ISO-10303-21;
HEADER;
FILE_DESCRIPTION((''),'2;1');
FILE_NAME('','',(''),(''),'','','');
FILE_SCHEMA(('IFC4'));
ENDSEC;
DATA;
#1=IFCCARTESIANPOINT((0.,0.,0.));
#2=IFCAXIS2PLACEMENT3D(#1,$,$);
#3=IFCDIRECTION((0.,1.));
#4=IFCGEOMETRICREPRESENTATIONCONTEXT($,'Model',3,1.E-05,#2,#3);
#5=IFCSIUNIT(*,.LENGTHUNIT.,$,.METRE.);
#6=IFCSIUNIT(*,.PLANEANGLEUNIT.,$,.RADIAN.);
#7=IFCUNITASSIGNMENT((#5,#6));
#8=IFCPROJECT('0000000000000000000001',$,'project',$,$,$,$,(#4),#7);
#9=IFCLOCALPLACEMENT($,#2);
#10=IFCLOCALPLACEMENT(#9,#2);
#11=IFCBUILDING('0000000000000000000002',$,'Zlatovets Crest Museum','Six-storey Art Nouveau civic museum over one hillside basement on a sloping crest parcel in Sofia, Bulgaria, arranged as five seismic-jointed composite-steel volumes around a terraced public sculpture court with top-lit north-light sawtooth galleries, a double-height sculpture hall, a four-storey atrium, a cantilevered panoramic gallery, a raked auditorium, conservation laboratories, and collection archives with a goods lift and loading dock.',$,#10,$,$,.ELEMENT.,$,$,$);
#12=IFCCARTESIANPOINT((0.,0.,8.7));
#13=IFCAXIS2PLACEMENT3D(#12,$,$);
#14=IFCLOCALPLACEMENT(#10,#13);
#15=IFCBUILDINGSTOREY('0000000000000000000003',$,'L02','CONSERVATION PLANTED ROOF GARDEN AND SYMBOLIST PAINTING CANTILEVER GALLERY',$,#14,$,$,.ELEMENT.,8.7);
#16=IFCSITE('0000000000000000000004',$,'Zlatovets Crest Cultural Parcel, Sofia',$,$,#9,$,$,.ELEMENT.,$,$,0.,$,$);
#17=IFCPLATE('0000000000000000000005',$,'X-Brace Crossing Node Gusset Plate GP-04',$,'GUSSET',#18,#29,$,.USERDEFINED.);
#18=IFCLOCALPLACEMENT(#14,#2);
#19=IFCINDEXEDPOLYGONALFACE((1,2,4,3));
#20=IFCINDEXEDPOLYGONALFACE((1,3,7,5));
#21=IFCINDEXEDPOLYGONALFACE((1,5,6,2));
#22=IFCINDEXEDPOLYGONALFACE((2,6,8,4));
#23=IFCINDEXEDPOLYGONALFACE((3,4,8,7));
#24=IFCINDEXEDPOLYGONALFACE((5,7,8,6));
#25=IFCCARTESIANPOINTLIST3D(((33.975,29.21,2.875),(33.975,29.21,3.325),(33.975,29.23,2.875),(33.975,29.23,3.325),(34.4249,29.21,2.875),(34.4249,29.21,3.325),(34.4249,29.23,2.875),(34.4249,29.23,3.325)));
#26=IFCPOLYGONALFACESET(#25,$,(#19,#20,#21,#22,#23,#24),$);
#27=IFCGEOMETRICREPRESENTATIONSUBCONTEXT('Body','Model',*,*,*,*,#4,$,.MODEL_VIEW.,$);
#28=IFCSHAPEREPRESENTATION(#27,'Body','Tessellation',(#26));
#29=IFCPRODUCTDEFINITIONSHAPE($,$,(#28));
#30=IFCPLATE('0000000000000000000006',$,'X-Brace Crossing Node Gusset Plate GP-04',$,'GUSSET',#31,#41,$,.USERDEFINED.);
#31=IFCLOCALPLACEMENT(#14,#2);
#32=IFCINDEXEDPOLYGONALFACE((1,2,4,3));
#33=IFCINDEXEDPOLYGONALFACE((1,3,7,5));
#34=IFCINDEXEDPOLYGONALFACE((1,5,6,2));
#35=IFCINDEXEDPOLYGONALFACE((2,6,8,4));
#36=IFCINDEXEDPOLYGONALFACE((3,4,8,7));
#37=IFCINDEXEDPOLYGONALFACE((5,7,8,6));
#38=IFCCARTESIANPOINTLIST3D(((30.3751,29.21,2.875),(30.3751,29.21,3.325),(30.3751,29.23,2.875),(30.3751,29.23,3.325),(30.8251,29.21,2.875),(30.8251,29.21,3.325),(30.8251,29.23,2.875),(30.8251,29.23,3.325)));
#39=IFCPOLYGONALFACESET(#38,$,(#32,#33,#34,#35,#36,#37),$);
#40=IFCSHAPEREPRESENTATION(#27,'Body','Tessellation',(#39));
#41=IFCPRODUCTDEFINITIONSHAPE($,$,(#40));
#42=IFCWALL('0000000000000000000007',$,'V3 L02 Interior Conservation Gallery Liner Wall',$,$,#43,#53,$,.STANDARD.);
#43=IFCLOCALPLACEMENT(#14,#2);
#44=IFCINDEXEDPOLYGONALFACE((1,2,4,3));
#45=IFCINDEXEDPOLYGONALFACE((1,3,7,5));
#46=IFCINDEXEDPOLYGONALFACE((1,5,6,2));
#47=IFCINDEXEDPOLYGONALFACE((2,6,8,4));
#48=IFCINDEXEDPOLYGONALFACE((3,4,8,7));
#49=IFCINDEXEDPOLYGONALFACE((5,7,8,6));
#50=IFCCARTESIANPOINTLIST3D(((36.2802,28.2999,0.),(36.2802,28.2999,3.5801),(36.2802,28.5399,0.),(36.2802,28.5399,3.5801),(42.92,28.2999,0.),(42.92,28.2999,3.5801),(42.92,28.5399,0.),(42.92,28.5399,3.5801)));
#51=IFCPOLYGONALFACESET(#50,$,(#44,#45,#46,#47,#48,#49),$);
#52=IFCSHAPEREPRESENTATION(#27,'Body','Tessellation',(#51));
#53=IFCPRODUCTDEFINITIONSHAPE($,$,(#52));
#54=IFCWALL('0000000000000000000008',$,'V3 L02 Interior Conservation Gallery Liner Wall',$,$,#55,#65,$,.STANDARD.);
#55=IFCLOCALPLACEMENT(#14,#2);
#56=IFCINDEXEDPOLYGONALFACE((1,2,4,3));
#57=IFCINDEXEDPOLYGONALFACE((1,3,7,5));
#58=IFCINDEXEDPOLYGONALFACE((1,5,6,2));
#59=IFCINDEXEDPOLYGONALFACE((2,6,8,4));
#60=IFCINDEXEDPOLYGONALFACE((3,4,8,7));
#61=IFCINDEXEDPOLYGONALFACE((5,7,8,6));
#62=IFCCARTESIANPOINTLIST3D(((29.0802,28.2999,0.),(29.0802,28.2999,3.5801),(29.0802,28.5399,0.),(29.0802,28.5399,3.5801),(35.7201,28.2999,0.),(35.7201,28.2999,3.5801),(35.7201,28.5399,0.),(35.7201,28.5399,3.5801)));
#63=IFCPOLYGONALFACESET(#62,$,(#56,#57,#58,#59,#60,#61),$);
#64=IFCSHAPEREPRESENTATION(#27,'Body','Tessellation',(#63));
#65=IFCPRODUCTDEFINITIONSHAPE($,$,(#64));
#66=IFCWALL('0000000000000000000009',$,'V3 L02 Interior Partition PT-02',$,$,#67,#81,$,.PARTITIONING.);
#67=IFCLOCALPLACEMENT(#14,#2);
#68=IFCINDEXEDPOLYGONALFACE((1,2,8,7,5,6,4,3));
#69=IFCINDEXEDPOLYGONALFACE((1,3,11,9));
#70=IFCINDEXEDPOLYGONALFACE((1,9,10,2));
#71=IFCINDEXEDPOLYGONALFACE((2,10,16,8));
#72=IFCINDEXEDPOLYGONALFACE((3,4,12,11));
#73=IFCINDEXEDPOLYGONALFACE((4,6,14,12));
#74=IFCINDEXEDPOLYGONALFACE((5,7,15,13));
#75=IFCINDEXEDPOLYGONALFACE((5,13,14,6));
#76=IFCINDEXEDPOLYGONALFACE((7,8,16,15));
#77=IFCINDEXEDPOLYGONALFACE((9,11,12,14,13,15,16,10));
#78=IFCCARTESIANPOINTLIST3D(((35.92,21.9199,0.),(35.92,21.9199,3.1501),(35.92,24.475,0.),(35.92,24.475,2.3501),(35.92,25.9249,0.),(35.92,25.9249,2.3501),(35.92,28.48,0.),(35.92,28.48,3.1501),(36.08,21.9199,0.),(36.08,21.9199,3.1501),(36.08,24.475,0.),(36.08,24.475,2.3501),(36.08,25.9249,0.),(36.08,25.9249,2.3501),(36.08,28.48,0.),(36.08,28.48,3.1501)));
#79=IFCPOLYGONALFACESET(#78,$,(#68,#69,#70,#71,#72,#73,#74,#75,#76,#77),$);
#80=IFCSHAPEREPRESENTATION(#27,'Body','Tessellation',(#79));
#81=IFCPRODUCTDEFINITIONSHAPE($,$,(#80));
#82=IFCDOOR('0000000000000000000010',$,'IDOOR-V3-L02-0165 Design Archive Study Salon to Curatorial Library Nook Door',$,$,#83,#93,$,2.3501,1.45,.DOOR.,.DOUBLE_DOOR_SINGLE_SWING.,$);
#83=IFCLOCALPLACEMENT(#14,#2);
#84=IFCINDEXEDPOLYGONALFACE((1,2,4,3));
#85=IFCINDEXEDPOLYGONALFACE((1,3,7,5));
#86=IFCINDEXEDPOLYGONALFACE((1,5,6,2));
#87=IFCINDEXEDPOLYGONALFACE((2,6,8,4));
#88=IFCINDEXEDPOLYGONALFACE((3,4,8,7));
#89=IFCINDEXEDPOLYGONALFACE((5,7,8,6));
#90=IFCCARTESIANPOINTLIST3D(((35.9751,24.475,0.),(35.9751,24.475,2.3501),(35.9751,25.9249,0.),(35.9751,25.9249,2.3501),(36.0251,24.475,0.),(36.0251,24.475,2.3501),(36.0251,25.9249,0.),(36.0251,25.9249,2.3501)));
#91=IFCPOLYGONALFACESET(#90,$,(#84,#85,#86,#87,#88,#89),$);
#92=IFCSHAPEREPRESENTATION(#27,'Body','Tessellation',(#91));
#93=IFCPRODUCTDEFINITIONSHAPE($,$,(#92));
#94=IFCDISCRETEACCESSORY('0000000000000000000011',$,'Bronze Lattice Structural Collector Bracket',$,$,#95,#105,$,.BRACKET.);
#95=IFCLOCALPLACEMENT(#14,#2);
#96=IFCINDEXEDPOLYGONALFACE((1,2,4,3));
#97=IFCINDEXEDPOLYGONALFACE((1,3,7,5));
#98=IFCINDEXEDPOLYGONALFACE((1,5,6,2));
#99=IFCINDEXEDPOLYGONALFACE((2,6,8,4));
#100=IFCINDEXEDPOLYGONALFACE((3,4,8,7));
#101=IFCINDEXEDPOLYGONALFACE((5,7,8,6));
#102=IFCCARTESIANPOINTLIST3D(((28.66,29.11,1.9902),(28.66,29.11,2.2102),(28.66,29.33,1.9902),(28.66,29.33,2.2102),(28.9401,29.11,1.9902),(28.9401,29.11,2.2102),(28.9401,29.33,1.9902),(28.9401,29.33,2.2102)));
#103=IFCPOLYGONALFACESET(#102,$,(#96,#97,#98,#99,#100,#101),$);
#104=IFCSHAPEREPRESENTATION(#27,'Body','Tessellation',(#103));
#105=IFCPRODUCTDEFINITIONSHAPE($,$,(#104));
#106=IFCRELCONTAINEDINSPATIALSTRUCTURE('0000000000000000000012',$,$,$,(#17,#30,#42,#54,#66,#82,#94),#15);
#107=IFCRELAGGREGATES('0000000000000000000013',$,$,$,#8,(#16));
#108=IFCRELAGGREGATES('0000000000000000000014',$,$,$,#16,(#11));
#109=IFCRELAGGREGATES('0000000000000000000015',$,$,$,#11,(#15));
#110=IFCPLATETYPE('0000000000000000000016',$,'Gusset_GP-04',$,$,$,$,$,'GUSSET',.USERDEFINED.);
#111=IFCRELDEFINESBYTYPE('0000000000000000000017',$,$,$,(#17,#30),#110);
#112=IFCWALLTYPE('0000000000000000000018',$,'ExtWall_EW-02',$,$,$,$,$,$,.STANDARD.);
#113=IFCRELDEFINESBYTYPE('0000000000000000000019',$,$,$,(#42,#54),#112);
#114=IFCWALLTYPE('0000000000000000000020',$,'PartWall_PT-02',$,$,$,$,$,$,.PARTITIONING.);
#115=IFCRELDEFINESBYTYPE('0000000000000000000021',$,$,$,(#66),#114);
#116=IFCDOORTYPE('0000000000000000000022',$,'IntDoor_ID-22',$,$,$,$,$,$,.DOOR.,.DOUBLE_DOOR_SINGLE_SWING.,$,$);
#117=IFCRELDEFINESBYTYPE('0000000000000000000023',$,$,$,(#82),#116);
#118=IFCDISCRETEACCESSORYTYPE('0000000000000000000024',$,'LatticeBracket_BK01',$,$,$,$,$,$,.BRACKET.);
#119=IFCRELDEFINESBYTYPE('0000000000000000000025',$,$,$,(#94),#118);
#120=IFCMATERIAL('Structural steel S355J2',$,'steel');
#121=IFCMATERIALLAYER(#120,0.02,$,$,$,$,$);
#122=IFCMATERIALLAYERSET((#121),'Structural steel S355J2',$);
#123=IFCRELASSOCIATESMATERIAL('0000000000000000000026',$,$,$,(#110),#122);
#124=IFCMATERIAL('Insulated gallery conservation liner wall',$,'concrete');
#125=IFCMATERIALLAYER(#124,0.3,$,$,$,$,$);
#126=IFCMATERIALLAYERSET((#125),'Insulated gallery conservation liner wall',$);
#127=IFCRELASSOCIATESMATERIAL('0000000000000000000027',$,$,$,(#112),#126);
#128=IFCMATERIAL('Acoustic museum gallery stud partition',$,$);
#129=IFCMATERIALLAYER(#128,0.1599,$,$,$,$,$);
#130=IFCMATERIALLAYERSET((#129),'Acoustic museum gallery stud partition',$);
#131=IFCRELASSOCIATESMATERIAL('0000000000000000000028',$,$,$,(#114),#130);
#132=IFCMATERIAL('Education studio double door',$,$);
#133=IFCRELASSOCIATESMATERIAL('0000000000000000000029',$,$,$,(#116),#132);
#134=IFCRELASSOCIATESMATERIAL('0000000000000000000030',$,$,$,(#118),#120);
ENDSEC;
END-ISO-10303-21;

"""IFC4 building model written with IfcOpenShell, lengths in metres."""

from ifc_helpers import new_model, si_unit, direction, frame, frame_2d, origin, origin_2d, place, context, subcontext, project, spatial, rectangle, extrude, material, layer, layer_set, type_object, element, fill, save


model = new_model("IFC4")

# Units and contexts
model_context = context("Model", 3, precision=1e-05, world=origin(), true_north=direction((0.0, 1.0)))
body_context = subcontext(model_context, "Body", "Model", "MODEL_VIEW")
ifc_project = project(units=[si_unit("LENGTHUNIT", "METRE"), si_unit("PLANEANGLEUNIT", "RADIAN")], contexts=[model_context])

# Site, building, storey
site_placement = place(None, origin())
site = spatial("IfcSite", under=ifc_project, at=site_placement, Name="Zlatovets Crest Cultural Parcel, Sofia", CompositionType="ELEMENT", RefElevation=0.0)
building_placement = place(site_placement, origin())
building = spatial("IfcBuilding", under=site, at=building_placement, Name="Zlatovets Crest Museum", Description="Six-storey Art Nouveau civic museum over one hillside basement on a sloping crest parcel in Sofia, Bulgaria, arranged as five seismic-jointed composite-steel volumes around a terraced public sculpture court with top-lit north-light sawtooth galleries, a double-height sculpture hall, a four-storey atrium, a cantilevered panoramic gallery, a raked auditorium, conservation laboratories, and collection archives with a goods lift and loading dock.", CompositionType="ELEMENT")
storey_placement = place(building_placement, frame((0.0, 0.0, 8.7)))
storey = spatial("IfcBuildingStorey", under=building, at=storey_placement, Name="L02", Description="CONSERVATION PLANTED ROOF GARDEN AND SYMBOLIST PAINTING CANTILEVER GALLERY", CompositionType="ELEMENT", Elevation=8.7)

# Shared definitions
ifc_material_1 = material(Name="Structural steel S355J2", Category="steel")

# Plates
ifc_layer_1 = layer(ifc_material_1, 0.02)
ifc_layer_set_1 = layer_set([ifc_layer_1], Name="Structural steel S355J2")
plate_type_1 = type_object("IfcPlateType", Name="Gusset_GP-04", ElementType="GUSSET", PredefinedType="USERDEFINED", material=ifc_layer_set_1)
for number, where, z_axis, x_axis, name in (
    (1, (34.2, 29.22, 2.875), (0.0, 0.0, 1.0), (1.0, 0.0, 0.0), "X-Brace Crossing Node Gusset Plate GP-04"),
    (2, (30.6001, 29.22, 2.875), (0.0, 0.0, 1.0), (1.0, 0.0, 0.0), "X-Brace Crossing Node Gusset Plate GP-04"),
):
    element("IfcPlate", number, at=place(storey_placement, frame(where, z_axis=z_axis, x_axis=x_axis)), inside=storey, type_object=plate_type_1, Name=name, ObjectType="GUSSET", PredefinedType="USERDEFINED", context=body_context, shape_type="SweptSolid", body=[
        extrude(rectangle(XDim=0.45, YDim=0.02, at=origin_2d()), origin(), (0.0, 0.0, 1.0), 0.45),
    ])

# Walls
ifc_material_2 = material(Name="Insulated gallery conservation liner wall", Category="concrete")
ifc_layer_2 = layer(ifc_material_2, 0.3)
ifc_layer_set_2 = layer_set([ifc_layer_2], Name="Insulated gallery conservation liner wall")
wall_type_1 = type_object("IfcWallType", Name="ExtWall_EW-02", PredefinedType="STANDARD", material=ifc_layer_set_2)
for number, where, z_axis, x_axis, name in (
    (3, (42.9199, 28.4199, 0.0), (0.0, 0.0, 1.0), (-1.0, 0.0, 0.0), "V3 L02 Interior Conservation Gallery Liner Wall"),
    (4, (35.72, 28.4199, 0.0), (0.0, 0.0, 1.0), (-1.0, 0.0, 0.0), "V3 L02 Interior Conservation Gallery Liner Wall"),
):
    element("IfcWall", number, at=place(storey_placement, frame(where, z_axis=z_axis, x_axis=x_axis)), inside=storey, type_object=wall_type_1, Name=name, PredefinedType="STANDARD", context=body_context, shape_type="SweptSolid", body=[
        extrude(rectangle(XDim=6.6399, YDim=0.24, at=frame_2d((3.3198, 0.0))), origin(), (0.0, 0.0, 1.0), 3.5801),
    ])

# Wall, opening, door
ifc_material_3 = material(Name="Acoustic museum gallery stud partition")
ifc_layer_3 = layer(ifc_material_3, 0.1599)
ifc_layer_set_3 = layer_set([ifc_layer_3], Name="Acoustic museum gallery stud partition")
wall_type_2 = type_object("IfcWallType", Name="PartWall_PT-02", PredefinedType="PARTITIONING", material=ifc_layer_set_3)
wall_placement = place(storey_placement, frame((36.0, 21.9199, 0.0), z_axis=(0.0, 0.0, 1.0), x_axis=(0.0, 1.0, 0.0)))
wall = element("IfcWall", 5, at=wall_placement, inside=storey, type_object=wall_type_2, Name="V3 L02 Interior Partition PT-02", PredefinedType="PARTITIONING", context=body_context, shape_type="SweptSolid", body=[
    extrude(rectangle(XDim=6.5601, YDim=0.1599, at=frame_2d((3.28, 0.0))), origin(), (0.0, 0.0, 1.0), 3.1501),
])
opening_placement = place(wall_placement, frame((2.5549, 0.0, 0.0)))
opening = element("IfcOpeningElement", 6, at=opening_placement, cuts=wall, PredefinedType="OPENING", context=body_context, shape_type="SweptSolid", body=[
    extrude(rectangle(XDim=1.45, YDim=2.3501, at=frame_2d((0.7251, 1.175))), frame((0.0, 0.0898, 0.0), z_axis=(0.0, -1.0, 0.0), x_axis=(1.0, 0.0, 0.0)), (0.0, 0.0, 1.0), 0.1799),
])
ifc_material_4 = material(Name="Education studio double door")
door_type = type_object("IfcDoorType", Name="IntDoor_ID-22", OperationType="DOUBLE_DOOR_SINGLE_SWING", PredefinedType="DOOR", material=ifc_material_4)
door_placement = place(opening_placement, origin())
door = element("IfcDoor", 7, at=door_placement, inside=storey, type_object=door_type, Name="IDOOR-V3-L02-0165 Design Archive Study Salon to Curatorial Library Nook Door", OperationType="DOUBLE_DOOR_SINGLE_SWING", OverallHeight=2.3501, OverallWidth=1.45, PredefinedType="DOOR", context=body_context, shape_type="SweptSolid", body=[
    extrude(rectangle(XDim=1.45, YDim=2.3501, at=frame_2d((0.7251, 1.175))), frame((0.0, 0.0249, 0.0), z_axis=(0.0, -1.0, 0.0), x_axis=(1.0, 0.0, 0.0)), (0.0, 0.0, 1.0), 0.05),
])
fill(opening, door)

# Discrete accessory
discrete_accessory_type = type_object("IfcDiscreteAccessoryType", Name="LatticeBracket_BK01", PredefinedType="BRACKET", material=ifc_material_1)
discrete_accessory_placement = place(storey_placement, frame((28.8, 29.22, 1.9902), z_axis=(0.0, 0.0, 1.0), x_axis=(1.0, 0.0, 0.0)))
element("IfcDiscreteAccessory", 8, at=discrete_accessory_placement, inside=storey, type_object=discrete_accessory_type, Name="Bronze Lattice Structural Collector Bracket", PredefinedType="BRACKET", context=body_context, shape_type="SweptSolid", body=[
    extrude(rectangle(XDim=0.28, YDim=0.22, at=origin_2d()), origin(), (0.0, 0.0, 1.0), 0.22),
])

save(model, "model.ifc")
